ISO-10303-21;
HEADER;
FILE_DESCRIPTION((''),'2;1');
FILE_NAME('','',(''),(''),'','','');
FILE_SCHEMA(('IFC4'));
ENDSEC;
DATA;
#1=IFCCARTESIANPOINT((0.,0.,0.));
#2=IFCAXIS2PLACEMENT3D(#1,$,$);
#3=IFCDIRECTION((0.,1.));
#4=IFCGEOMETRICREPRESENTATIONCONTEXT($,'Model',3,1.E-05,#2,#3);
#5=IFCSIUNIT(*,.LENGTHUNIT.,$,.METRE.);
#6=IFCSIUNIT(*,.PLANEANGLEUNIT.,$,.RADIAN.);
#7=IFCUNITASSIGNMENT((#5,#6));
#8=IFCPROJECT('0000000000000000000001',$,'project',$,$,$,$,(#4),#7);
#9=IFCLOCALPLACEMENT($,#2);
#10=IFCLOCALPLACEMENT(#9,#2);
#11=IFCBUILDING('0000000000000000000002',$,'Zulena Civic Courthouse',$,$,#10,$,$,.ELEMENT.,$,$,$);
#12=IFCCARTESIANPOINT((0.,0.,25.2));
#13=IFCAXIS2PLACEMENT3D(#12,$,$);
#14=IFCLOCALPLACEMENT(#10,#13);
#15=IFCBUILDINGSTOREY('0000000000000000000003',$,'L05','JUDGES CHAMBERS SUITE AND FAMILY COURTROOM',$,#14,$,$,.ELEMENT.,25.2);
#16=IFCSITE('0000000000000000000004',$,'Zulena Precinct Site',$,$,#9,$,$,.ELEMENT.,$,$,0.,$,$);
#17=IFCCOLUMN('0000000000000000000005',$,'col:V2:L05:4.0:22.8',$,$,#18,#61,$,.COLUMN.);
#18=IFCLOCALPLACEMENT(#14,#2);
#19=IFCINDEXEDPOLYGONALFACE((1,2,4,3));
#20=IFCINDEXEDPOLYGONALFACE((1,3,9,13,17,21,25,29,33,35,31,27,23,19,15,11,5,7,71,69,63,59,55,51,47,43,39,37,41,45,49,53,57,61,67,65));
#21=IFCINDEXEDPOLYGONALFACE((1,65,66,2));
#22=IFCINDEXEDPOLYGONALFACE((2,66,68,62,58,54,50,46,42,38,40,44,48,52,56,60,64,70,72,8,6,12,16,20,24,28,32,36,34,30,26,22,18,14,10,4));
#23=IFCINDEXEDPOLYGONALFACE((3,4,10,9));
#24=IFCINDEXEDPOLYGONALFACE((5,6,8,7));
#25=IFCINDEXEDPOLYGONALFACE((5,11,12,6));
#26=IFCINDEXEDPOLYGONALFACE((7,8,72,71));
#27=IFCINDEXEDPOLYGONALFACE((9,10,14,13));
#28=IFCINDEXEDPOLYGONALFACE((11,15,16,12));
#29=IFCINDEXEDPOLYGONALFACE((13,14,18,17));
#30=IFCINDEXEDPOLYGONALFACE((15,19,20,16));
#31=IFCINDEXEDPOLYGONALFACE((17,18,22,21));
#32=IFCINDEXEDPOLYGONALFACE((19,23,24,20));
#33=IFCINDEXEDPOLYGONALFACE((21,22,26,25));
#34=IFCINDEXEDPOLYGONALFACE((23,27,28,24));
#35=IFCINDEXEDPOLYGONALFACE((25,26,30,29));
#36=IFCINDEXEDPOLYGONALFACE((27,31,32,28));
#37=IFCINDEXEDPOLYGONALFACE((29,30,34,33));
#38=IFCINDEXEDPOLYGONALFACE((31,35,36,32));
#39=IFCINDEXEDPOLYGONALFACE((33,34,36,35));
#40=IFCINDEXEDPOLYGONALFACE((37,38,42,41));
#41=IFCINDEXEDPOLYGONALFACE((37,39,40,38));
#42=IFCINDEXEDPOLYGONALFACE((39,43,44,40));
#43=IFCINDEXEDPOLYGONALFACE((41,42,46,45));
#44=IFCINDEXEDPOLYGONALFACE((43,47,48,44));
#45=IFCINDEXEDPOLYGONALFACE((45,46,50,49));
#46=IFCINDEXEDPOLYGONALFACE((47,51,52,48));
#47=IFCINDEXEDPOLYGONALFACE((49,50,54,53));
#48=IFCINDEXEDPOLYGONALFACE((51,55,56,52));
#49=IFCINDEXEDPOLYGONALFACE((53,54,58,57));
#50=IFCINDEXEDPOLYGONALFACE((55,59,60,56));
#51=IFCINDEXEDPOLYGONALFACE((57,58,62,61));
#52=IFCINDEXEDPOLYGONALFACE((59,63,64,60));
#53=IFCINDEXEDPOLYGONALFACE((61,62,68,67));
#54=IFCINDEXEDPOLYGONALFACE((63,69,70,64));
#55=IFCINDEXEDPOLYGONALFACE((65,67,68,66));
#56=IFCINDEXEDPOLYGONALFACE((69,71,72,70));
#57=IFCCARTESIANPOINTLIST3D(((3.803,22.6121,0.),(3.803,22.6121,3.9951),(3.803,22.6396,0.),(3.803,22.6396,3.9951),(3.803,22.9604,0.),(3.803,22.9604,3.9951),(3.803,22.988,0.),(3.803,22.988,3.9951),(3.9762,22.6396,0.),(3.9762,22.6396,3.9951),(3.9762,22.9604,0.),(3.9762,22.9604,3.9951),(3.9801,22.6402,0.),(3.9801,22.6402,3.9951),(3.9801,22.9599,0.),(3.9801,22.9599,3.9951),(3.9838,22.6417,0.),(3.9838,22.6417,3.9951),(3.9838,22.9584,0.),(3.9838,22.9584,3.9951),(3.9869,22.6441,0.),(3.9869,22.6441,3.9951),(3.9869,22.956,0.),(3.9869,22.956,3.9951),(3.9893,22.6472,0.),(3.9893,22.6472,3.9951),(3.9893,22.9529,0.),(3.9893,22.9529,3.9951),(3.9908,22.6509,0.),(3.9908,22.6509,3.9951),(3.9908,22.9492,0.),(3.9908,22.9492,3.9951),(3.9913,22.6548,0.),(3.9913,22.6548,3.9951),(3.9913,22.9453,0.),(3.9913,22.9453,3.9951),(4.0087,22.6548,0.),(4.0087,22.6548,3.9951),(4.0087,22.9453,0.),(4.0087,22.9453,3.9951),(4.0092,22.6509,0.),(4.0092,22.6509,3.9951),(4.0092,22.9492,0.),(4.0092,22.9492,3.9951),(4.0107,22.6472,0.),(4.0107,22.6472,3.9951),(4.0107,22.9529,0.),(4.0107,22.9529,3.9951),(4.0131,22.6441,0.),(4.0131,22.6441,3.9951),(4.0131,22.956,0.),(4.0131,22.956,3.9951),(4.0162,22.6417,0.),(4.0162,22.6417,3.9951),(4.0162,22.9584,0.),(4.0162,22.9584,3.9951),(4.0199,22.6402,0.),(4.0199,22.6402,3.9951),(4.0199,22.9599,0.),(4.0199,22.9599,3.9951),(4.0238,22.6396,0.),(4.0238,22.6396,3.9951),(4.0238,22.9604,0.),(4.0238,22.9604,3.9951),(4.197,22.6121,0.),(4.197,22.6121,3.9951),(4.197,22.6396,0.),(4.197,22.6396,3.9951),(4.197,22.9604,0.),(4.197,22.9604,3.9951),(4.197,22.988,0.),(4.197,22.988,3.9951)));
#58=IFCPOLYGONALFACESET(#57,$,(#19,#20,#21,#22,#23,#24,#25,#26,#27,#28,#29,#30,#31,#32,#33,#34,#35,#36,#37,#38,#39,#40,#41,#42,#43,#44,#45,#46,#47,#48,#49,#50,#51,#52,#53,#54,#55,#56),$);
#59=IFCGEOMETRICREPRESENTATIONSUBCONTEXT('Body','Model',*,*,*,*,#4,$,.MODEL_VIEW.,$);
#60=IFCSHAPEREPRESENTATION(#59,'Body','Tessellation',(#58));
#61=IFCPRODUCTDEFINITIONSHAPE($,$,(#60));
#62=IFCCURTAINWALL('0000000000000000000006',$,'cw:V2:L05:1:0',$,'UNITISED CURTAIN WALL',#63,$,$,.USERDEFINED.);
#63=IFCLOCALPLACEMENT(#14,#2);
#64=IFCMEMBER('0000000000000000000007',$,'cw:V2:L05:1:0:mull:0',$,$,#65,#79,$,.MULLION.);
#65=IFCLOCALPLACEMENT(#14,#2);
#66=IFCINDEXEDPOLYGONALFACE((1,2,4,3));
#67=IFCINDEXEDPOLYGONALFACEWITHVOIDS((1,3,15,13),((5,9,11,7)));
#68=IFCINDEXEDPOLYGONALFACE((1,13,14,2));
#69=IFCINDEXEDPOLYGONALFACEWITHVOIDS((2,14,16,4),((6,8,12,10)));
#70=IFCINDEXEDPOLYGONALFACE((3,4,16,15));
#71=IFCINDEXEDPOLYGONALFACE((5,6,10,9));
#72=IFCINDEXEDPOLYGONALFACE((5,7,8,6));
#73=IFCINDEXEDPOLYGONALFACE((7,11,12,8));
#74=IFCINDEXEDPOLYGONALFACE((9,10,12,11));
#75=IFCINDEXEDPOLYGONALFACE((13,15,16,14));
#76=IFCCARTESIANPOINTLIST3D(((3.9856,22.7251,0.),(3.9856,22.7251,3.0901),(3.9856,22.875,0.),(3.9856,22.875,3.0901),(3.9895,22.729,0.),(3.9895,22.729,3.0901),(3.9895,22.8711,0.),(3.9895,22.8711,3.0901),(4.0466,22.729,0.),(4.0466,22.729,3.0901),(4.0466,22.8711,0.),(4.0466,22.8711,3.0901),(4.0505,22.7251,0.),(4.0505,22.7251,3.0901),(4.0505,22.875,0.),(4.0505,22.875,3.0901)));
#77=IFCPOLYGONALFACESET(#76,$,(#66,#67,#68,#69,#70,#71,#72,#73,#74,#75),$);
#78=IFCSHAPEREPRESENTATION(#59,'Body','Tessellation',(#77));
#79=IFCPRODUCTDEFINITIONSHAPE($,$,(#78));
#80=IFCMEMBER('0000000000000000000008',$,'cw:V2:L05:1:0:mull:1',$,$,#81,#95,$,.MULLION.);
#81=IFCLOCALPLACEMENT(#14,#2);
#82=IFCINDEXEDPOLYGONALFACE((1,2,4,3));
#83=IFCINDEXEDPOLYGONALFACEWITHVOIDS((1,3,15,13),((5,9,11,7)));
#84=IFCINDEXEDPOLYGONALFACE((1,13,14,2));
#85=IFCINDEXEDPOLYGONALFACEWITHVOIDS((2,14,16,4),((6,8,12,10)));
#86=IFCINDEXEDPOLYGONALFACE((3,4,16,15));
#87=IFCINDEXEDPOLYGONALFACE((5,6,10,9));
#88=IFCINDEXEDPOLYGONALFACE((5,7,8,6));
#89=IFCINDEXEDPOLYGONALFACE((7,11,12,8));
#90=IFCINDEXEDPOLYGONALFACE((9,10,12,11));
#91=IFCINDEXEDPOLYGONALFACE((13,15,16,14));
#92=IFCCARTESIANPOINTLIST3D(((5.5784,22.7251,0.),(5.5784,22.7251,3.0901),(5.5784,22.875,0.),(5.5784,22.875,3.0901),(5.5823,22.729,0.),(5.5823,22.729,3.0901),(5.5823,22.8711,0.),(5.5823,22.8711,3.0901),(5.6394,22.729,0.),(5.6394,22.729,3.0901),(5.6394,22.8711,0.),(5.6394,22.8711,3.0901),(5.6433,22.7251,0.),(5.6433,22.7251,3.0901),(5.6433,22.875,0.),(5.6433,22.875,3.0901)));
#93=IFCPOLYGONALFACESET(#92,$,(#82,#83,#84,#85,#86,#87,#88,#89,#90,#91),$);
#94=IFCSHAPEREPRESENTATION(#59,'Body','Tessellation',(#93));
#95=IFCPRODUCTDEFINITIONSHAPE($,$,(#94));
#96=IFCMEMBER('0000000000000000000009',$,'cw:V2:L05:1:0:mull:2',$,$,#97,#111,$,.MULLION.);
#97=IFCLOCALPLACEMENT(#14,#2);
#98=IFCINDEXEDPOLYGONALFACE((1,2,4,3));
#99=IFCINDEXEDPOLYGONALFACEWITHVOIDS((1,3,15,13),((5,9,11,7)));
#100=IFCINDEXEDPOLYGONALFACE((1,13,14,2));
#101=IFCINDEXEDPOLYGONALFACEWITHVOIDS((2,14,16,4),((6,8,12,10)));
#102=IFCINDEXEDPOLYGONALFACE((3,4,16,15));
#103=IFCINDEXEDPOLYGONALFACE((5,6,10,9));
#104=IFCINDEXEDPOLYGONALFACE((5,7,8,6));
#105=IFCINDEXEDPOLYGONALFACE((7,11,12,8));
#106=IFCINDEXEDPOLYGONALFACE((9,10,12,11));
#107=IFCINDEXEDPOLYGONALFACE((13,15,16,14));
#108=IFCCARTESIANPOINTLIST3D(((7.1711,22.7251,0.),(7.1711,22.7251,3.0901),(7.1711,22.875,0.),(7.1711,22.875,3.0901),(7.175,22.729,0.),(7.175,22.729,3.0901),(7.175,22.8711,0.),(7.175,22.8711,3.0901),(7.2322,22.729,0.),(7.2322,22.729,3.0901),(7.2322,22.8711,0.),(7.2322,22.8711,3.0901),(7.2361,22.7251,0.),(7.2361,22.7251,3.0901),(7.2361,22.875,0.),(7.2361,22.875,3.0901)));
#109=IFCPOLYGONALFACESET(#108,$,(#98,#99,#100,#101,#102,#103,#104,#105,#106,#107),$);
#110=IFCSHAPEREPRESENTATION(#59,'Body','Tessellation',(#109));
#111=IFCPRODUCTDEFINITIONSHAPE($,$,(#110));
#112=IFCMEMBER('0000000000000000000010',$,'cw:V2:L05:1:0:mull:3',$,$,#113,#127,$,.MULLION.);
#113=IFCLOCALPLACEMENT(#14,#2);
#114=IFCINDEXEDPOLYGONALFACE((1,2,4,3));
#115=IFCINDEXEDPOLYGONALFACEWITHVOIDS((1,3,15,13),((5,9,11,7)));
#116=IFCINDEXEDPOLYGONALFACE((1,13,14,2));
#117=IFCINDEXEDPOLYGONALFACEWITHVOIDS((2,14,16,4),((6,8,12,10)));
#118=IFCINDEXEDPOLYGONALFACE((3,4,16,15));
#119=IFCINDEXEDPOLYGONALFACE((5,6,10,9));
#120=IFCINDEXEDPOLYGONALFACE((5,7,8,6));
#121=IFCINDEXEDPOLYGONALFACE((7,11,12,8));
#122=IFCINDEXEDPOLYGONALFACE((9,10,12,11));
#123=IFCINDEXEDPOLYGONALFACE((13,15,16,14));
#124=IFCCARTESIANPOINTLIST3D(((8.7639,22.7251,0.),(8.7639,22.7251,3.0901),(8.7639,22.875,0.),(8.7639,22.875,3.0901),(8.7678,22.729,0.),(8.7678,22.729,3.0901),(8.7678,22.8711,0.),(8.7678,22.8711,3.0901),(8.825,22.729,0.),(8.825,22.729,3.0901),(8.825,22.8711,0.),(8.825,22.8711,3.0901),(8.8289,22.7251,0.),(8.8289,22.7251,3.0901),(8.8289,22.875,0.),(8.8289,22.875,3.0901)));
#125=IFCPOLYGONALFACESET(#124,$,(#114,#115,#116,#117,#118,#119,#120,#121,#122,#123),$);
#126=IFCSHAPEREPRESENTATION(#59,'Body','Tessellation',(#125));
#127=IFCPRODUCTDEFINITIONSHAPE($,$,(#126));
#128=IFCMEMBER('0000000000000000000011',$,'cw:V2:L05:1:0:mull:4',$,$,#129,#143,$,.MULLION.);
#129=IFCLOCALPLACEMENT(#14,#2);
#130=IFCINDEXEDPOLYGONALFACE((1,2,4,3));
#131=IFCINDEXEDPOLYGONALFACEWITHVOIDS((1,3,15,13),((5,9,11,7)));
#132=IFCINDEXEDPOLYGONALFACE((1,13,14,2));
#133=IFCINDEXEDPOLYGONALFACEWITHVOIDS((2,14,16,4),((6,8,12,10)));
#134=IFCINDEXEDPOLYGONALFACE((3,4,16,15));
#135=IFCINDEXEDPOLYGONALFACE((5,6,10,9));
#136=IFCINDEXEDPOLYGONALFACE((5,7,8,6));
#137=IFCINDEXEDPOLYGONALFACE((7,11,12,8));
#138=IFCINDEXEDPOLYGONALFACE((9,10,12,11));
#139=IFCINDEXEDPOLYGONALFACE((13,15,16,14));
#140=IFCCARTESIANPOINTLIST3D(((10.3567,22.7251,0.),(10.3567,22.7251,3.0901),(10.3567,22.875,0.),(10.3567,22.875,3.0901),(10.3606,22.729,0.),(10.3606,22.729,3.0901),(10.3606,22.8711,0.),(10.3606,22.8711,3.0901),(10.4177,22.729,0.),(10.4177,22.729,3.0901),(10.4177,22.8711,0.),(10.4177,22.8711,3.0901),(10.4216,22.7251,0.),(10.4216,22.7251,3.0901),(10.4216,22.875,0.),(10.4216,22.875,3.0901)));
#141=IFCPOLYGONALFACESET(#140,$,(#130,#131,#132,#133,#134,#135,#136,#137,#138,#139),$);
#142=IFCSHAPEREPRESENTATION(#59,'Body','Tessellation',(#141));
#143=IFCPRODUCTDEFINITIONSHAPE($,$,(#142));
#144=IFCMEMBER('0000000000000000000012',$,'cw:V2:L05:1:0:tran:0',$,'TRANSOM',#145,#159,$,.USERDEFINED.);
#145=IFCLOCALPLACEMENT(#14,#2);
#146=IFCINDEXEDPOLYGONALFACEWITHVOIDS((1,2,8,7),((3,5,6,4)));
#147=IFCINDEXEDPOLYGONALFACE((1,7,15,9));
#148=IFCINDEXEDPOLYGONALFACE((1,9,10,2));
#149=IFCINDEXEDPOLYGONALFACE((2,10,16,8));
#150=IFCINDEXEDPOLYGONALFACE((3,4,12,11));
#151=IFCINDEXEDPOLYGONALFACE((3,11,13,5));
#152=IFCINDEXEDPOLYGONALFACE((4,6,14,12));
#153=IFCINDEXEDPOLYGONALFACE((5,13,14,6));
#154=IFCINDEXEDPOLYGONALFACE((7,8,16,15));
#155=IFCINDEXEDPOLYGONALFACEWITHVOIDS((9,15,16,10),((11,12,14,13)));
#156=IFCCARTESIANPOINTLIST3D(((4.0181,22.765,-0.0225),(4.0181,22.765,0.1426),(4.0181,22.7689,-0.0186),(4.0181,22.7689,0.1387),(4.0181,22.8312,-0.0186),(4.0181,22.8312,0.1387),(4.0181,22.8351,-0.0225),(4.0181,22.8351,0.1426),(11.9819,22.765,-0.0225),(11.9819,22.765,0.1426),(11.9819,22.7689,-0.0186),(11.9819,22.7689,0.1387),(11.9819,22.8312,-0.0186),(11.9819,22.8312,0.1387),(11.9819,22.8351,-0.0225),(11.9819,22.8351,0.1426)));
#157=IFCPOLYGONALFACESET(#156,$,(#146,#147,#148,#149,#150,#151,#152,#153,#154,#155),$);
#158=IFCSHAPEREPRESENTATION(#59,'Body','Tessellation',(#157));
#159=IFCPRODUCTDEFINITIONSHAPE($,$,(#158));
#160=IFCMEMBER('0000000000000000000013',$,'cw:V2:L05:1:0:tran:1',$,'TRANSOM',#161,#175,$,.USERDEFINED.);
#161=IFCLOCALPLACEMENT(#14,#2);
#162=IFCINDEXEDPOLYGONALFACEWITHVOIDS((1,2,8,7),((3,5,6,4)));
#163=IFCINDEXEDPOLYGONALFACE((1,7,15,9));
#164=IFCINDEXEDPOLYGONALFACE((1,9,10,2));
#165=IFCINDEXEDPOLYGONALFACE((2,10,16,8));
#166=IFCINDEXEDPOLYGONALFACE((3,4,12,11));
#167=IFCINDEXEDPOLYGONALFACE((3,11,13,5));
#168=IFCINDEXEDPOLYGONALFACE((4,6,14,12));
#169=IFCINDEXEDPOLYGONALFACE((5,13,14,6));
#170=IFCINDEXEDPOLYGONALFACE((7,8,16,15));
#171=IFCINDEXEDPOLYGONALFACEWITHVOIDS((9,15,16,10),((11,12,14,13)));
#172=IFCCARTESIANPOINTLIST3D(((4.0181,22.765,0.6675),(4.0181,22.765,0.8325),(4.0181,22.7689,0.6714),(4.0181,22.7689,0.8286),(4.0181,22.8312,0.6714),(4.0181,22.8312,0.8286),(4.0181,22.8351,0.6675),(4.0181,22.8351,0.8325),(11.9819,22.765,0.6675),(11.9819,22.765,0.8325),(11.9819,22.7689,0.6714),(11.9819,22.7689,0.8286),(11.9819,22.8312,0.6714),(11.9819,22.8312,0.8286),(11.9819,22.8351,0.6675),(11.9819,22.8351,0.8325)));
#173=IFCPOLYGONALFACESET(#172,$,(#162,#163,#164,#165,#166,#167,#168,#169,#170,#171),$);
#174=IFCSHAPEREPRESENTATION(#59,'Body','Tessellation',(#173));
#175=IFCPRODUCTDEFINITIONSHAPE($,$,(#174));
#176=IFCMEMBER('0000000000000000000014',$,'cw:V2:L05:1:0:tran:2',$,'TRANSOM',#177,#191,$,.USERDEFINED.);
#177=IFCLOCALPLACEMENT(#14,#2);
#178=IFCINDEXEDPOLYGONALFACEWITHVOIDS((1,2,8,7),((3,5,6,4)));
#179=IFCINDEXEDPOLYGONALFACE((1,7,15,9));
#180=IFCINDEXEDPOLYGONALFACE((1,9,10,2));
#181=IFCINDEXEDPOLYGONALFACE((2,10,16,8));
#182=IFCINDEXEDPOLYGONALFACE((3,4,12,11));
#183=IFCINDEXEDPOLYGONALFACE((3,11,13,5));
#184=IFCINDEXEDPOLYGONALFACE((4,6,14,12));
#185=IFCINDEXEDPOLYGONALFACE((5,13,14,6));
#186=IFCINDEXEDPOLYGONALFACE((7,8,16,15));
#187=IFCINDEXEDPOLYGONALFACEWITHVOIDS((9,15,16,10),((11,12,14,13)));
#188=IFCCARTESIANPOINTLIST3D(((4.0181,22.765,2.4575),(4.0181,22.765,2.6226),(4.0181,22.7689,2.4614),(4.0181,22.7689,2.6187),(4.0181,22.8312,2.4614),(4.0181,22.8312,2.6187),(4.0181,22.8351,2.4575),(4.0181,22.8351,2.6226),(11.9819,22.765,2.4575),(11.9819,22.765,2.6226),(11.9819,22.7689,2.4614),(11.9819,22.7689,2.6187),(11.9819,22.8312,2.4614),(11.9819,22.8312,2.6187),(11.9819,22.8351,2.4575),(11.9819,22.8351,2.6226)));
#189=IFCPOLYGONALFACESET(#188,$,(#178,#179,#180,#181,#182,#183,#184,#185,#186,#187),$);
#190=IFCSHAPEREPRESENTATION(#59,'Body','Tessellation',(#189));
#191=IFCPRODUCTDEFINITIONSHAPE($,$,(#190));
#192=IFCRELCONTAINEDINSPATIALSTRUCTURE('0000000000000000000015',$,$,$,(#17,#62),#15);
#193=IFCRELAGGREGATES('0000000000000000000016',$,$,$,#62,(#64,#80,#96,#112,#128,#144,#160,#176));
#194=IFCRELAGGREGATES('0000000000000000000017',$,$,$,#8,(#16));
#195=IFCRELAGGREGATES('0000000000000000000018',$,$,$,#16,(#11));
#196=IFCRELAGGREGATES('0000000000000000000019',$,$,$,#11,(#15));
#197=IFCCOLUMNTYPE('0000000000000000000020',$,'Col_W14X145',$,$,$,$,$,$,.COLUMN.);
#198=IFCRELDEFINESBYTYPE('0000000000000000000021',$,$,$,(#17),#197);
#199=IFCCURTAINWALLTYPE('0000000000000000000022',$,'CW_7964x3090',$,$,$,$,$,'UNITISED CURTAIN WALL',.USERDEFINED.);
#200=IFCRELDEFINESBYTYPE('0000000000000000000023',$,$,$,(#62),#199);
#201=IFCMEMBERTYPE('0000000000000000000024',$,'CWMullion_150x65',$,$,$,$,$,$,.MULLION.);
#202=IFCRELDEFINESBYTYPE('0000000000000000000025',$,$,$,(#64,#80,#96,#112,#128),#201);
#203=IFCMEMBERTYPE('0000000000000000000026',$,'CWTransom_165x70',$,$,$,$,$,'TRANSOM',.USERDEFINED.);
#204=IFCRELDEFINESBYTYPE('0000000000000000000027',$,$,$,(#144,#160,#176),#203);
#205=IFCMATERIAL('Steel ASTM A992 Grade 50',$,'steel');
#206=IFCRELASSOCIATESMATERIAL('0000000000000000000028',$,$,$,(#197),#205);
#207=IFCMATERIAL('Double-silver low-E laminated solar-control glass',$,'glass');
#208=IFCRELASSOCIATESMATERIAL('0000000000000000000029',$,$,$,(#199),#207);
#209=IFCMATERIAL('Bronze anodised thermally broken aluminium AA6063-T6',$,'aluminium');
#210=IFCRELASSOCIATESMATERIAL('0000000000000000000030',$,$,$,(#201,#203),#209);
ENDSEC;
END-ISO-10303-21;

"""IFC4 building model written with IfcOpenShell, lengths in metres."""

from ifc_helpers import new_model, si_unit, direction, frame, origin, origin_2d, place, context, subcontext, project, spatial, hollow_rectangle, i_section, extrude, material, material_profile, profile_set, type_object, element, aggregate, save


model = new_model("IFC4")

# Units and contexts
model_context = context("Model", 3, precision=1e-05, world=origin(), true_north=direction((0.0, 1.0)))
body_context = subcontext(model_context, "Body", "Model", "MODEL_VIEW")
ifc_project = project(units=[si_unit("LENGTHUNIT", "METRE"), si_unit("PLANEANGLEUNIT", "RADIAN")], contexts=[model_context])

# Site, building, storey
site_placement = place(None, origin())
site = spatial("IfcSite", under=ifc_project, at=site_placement, Name="Zulena Precinct Site", CompositionType="ELEMENT", RefElevation=0.0)
building_placement = place(site_placement, origin())
building = spatial("IfcBuilding", under=site, at=building_placement, Name="Zulena Civic Courthouse", CompositionType="ELEMENT")
storey_placement = place(building_placement, frame((0.0, 0.0, 25.2)))
storey = spatial("IfcBuildingStorey", under=building, at=storey_placement, Name="L05", Description="JUDGES CHAMBERS SUITE AND FAMILY COURTROOM", CompositionType="ELEMENT", Elevation=25.2)

# Column
ifc_material_1 = material(Name="Steel ASTM A992 Grade 50", Category="steel")
ifc_material_profile_1 = material_profile(ifc_material_1, i_section(OverallWidth=0.394, OverallDepth=0.376, WebThickness=0.0173, FlangeThickness=0.0276, FilletRadius=0.0151, at=origin_2d()), Name="W14X145")
ifc_profile_set_1 = profile_set([ifc_material_profile_1], Name="Steel ASTM A992 Grade 50")
column_type = type_object("IfcColumnType", Name="Col_W14X145", PredefinedType="COLUMN", material=ifc_profile_set_1)
column_placement = place(storey_placement, frame((4.0, 22.8, 0.0), z_axis=(0.0, 0.0, 1.0), x_axis=(1.0, 0.0, 0.0)))
element("IfcColumn", 1, at=column_placement, inside=storey, type_object=column_type, Name="col:V2:L05:4.0:22.8", PredefinedType="COLUMN", context=body_context, shape_type="SweptSolid", body=[
    extrude(i_section(OverallWidth=0.394, OverallDepth=0.376, WebThickness=0.0173, FlangeThickness=0.0276, FilletRadius=0.0151, at=origin_2d()), origin(), (0.0, 0.0, 1.0), 3.9951),
])

# Curtain wall, members
ifc_material_2 = material(Name="Double-silver low-E laminated solar-control glass", Category="glass")
curtain_wall_type = type_object("IfcCurtainWallType", Name="CW_7964x3090", ElementType="UNITISED CURTAIN WALL", PredefinedType="USERDEFINED", material=ifc_material_2)
curtain_wall_placement = place(storey_placement, origin())
curtain_wall = element("IfcCurtainWall", 2, at=curtain_wall_placement, inside=storey, type_object=curtain_wall_type, Name="cw:V2:L05:1:0", ObjectType="UNITISED CURTAIN WALL", PredefinedType="USERDEFINED")
ifc_material_3 = material(Name="Bronze anodised thermally broken aluminium AA6063-T6", Category="aluminium")
ifc_material_profile_2 = material_profile(ifc_material_3, hollow_rectangle(XDim=0.0649, YDim=0.1499, WallThickness=0.0039, at=origin_2d()), Name="CWM150X65X4")
ifc_profile_set_2 = profile_set([ifc_material_profile_2], Name="Bronze anodised thermally broken aluminium AA6063-T6")
member_type_1 = type_object("IfcMemberType", Name="CWMullion_150x65", PredefinedType="MULLION", material=ifc_profile_set_2)
member_1_placement = place(storey_placement, frame((4.0181, 22.8, 0.0), z_axis=(0.0, 0.0, 1.0), x_axis=(1.0, 0.0, 0.0)))
member_1 = element("IfcMember", 3, at=member_1_placement, type_object=member_type_1, Name="cw:V2:L05:1:0:mull:0", PredefinedType="MULLION", context=body_context, shape_type="SweptSolid", body=[
    extrude(hollow_rectangle(XDim=0.0649, YDim=0.1499, WallThickness=0.0039, at=origin_2d()), origin(), (0.0, 0.0, 1.0), 3.0901),
])
member_2_placement = place(storey_placement, frame((5.6108, 22.8, 0.0), z_axis=(0.0, 0.0, 1.0), x_axis=(1.0, 0.0, 0.0)))
member_2 = element("IfcMember", 4, at=member_2_placement, type_object=member_type_1, Name="cw:V2:L05:1:0:mull:1", PredefinedType="MULLION", context=body_context, shape_type="SweptSolid", body=[
    extrude(hollow_rectangle(XDim=0.0649, YDim=0.1499, WallThickness=0.0039, at=origin_2d()), origin(), (0.0, 0.0, 1.0), 3.0901),
])
member_3_placement = place(storey_placement, frame((7.2036, 22.8, 0.0), z_axis=(0.0, 0.0, 1.0), x_axis=(1.0, 0.0, 0.0)))
member_3 = element("IfcMember", 5, at=member_3_placement, type_object=member_type_1, Name="cw:V2:L05:1:0:mull:2", PredefinedType="MULLION", context=body_context, shape_type="SweptSolid", body=[
    extrude(hollow_rectangle(XDim=0.0649, YDim=0.1499, WallThickness=0.0039, at=origin_2d()), origin(), (0.0, 0.0, 1.0), 3.0901),
])
member_4_placement = place(storey_placement, frame((8.7964, 22.8, 0.0), z_axis=(0.0, 0.0, 1.0), x_axis=(1.0, 0.0, 0.0)))
member_4 = element("IfcMember", 6, at=member_4_placement, type_object=member_type_1, Name="cw:V2:L05:1:0:mull:3", PredefinedType="MULLION", context=body_context, shape_type="SweptSolid", body=[
    extrude(hollow_rectangle(XDim=0.0649, YDim=0.1499, WallThickness=0.0039, at=origin_2d()), origin(), (0.0, 0.0, 1.0), 3.0901),
])
member_5_placement = place(storey_placement, frame((10.3892, 22.8, 0.0), z_axis=(0.0, 0.0, 1.0), x_axis=(1.0, 0.0, 0.0)))
member_5 = element("IfcMember", 7, at=member_5_placement, type_object=member_type_1, Name="cw:V2:L05:1:0:mull:4", PredefinedType="MULLION", context=body_context, shape_type="SweptSolid", body=[
    extrude(hollow_rectangle(XDim=0.0649, YDim=0.1499, WallThickness=0.0039, at=origin_2d()), origin(), (0.0, 0.0, 1.0), 3.0901),
])
ifc_material_profile_3 = material_profile(ifc_material_3, hollow_rectangle(XDim=0.0701, YDim=0.165, WallThickness=0.0039, at=origin_2d()), Name="CWT165X70X4")
ifc_profile_set_3 = profile_set([ifc_material_profile_3], Name="Bronze anodised thermally broken aluminium AA6063-T6")
member_type_2 = type_object("IfcMemberType", Name="CWTransom_165x70", ElementType="TRANSOM", PredefinedType="USERDEFINED", material=ifc_profile_set_3)
member_6_placement = place(storey_placement, frame((4.0181, 22.8, 0.0601), z_axis=(1.0, 0.0, 0.0), x_axis=(0.0, 1.0, 0.0)))
member_6 = element("IfcMember", 8, at=member_6_placement, type_object=member_type_2, Name="cw:V2:L05:1:0:tran:0", ObjectType="TRANSOM", PredefinedType="USERDEFINED", context=body_context, shape_type="SweptSolid", body=[
    extrude(hollow_rectangle(XDim=0.0701, YDim=0.165, WallThickness=0.0039, at=origin_2d()), origin(), (0.0, 0.0, 1.0), 7.9639),
])
member_7_placement = place(storey_placement, frame((4.0181, 22.8, 0.75), z_axis=(1.0, 0.0, 0.0), x_axis=(0.0, 1.0, 0.0)))
member_7 = element("IfcMember", 9, at=member_7_placement, type_object=member_type_2, Name="cw:V2:L05:1:0:tran:1", ObjectType="TRANSOM", PredefinedType="USERDEFINED", context=body_context, shape_type="SweptSolid", body=[
    extrude(hollow_rectangle(XDim=0.0701, YDim=0.165, WallThickness=0.0039, at=origin_2d()), origin(), (0.0, 0.0, 1.0), 7.9639),
])
member_8_placement = place(storey_placement, frame((4.0181, 22.8, 2.54), z_axis=(1.0, 0.0, 0.0), x_axis=(0.0, 1.0, 0.0)))
member_8 = element("IfcMember", 10, at=member_8_placement, type_object=member_type_2, Name="cw:V2:L05:1:0:tran:2", ObjectType="TRANSOM", PredefinedType="USERDEFINED", context=body_context, shape_type="SweptSolid", body=[
    extrude(hollow_rectangle(XDim=0.0701, YDim=0.165, WallThickness=0.0039, at=origin_2d()), origin(), (0.0, 0.0, 1.0), 7.9639),
])

aggregate(curtain_wall, [member_1, member_2, member_3, member_4, member_5, member_6, member_7, member_8])

save(model, "model.ifc")
